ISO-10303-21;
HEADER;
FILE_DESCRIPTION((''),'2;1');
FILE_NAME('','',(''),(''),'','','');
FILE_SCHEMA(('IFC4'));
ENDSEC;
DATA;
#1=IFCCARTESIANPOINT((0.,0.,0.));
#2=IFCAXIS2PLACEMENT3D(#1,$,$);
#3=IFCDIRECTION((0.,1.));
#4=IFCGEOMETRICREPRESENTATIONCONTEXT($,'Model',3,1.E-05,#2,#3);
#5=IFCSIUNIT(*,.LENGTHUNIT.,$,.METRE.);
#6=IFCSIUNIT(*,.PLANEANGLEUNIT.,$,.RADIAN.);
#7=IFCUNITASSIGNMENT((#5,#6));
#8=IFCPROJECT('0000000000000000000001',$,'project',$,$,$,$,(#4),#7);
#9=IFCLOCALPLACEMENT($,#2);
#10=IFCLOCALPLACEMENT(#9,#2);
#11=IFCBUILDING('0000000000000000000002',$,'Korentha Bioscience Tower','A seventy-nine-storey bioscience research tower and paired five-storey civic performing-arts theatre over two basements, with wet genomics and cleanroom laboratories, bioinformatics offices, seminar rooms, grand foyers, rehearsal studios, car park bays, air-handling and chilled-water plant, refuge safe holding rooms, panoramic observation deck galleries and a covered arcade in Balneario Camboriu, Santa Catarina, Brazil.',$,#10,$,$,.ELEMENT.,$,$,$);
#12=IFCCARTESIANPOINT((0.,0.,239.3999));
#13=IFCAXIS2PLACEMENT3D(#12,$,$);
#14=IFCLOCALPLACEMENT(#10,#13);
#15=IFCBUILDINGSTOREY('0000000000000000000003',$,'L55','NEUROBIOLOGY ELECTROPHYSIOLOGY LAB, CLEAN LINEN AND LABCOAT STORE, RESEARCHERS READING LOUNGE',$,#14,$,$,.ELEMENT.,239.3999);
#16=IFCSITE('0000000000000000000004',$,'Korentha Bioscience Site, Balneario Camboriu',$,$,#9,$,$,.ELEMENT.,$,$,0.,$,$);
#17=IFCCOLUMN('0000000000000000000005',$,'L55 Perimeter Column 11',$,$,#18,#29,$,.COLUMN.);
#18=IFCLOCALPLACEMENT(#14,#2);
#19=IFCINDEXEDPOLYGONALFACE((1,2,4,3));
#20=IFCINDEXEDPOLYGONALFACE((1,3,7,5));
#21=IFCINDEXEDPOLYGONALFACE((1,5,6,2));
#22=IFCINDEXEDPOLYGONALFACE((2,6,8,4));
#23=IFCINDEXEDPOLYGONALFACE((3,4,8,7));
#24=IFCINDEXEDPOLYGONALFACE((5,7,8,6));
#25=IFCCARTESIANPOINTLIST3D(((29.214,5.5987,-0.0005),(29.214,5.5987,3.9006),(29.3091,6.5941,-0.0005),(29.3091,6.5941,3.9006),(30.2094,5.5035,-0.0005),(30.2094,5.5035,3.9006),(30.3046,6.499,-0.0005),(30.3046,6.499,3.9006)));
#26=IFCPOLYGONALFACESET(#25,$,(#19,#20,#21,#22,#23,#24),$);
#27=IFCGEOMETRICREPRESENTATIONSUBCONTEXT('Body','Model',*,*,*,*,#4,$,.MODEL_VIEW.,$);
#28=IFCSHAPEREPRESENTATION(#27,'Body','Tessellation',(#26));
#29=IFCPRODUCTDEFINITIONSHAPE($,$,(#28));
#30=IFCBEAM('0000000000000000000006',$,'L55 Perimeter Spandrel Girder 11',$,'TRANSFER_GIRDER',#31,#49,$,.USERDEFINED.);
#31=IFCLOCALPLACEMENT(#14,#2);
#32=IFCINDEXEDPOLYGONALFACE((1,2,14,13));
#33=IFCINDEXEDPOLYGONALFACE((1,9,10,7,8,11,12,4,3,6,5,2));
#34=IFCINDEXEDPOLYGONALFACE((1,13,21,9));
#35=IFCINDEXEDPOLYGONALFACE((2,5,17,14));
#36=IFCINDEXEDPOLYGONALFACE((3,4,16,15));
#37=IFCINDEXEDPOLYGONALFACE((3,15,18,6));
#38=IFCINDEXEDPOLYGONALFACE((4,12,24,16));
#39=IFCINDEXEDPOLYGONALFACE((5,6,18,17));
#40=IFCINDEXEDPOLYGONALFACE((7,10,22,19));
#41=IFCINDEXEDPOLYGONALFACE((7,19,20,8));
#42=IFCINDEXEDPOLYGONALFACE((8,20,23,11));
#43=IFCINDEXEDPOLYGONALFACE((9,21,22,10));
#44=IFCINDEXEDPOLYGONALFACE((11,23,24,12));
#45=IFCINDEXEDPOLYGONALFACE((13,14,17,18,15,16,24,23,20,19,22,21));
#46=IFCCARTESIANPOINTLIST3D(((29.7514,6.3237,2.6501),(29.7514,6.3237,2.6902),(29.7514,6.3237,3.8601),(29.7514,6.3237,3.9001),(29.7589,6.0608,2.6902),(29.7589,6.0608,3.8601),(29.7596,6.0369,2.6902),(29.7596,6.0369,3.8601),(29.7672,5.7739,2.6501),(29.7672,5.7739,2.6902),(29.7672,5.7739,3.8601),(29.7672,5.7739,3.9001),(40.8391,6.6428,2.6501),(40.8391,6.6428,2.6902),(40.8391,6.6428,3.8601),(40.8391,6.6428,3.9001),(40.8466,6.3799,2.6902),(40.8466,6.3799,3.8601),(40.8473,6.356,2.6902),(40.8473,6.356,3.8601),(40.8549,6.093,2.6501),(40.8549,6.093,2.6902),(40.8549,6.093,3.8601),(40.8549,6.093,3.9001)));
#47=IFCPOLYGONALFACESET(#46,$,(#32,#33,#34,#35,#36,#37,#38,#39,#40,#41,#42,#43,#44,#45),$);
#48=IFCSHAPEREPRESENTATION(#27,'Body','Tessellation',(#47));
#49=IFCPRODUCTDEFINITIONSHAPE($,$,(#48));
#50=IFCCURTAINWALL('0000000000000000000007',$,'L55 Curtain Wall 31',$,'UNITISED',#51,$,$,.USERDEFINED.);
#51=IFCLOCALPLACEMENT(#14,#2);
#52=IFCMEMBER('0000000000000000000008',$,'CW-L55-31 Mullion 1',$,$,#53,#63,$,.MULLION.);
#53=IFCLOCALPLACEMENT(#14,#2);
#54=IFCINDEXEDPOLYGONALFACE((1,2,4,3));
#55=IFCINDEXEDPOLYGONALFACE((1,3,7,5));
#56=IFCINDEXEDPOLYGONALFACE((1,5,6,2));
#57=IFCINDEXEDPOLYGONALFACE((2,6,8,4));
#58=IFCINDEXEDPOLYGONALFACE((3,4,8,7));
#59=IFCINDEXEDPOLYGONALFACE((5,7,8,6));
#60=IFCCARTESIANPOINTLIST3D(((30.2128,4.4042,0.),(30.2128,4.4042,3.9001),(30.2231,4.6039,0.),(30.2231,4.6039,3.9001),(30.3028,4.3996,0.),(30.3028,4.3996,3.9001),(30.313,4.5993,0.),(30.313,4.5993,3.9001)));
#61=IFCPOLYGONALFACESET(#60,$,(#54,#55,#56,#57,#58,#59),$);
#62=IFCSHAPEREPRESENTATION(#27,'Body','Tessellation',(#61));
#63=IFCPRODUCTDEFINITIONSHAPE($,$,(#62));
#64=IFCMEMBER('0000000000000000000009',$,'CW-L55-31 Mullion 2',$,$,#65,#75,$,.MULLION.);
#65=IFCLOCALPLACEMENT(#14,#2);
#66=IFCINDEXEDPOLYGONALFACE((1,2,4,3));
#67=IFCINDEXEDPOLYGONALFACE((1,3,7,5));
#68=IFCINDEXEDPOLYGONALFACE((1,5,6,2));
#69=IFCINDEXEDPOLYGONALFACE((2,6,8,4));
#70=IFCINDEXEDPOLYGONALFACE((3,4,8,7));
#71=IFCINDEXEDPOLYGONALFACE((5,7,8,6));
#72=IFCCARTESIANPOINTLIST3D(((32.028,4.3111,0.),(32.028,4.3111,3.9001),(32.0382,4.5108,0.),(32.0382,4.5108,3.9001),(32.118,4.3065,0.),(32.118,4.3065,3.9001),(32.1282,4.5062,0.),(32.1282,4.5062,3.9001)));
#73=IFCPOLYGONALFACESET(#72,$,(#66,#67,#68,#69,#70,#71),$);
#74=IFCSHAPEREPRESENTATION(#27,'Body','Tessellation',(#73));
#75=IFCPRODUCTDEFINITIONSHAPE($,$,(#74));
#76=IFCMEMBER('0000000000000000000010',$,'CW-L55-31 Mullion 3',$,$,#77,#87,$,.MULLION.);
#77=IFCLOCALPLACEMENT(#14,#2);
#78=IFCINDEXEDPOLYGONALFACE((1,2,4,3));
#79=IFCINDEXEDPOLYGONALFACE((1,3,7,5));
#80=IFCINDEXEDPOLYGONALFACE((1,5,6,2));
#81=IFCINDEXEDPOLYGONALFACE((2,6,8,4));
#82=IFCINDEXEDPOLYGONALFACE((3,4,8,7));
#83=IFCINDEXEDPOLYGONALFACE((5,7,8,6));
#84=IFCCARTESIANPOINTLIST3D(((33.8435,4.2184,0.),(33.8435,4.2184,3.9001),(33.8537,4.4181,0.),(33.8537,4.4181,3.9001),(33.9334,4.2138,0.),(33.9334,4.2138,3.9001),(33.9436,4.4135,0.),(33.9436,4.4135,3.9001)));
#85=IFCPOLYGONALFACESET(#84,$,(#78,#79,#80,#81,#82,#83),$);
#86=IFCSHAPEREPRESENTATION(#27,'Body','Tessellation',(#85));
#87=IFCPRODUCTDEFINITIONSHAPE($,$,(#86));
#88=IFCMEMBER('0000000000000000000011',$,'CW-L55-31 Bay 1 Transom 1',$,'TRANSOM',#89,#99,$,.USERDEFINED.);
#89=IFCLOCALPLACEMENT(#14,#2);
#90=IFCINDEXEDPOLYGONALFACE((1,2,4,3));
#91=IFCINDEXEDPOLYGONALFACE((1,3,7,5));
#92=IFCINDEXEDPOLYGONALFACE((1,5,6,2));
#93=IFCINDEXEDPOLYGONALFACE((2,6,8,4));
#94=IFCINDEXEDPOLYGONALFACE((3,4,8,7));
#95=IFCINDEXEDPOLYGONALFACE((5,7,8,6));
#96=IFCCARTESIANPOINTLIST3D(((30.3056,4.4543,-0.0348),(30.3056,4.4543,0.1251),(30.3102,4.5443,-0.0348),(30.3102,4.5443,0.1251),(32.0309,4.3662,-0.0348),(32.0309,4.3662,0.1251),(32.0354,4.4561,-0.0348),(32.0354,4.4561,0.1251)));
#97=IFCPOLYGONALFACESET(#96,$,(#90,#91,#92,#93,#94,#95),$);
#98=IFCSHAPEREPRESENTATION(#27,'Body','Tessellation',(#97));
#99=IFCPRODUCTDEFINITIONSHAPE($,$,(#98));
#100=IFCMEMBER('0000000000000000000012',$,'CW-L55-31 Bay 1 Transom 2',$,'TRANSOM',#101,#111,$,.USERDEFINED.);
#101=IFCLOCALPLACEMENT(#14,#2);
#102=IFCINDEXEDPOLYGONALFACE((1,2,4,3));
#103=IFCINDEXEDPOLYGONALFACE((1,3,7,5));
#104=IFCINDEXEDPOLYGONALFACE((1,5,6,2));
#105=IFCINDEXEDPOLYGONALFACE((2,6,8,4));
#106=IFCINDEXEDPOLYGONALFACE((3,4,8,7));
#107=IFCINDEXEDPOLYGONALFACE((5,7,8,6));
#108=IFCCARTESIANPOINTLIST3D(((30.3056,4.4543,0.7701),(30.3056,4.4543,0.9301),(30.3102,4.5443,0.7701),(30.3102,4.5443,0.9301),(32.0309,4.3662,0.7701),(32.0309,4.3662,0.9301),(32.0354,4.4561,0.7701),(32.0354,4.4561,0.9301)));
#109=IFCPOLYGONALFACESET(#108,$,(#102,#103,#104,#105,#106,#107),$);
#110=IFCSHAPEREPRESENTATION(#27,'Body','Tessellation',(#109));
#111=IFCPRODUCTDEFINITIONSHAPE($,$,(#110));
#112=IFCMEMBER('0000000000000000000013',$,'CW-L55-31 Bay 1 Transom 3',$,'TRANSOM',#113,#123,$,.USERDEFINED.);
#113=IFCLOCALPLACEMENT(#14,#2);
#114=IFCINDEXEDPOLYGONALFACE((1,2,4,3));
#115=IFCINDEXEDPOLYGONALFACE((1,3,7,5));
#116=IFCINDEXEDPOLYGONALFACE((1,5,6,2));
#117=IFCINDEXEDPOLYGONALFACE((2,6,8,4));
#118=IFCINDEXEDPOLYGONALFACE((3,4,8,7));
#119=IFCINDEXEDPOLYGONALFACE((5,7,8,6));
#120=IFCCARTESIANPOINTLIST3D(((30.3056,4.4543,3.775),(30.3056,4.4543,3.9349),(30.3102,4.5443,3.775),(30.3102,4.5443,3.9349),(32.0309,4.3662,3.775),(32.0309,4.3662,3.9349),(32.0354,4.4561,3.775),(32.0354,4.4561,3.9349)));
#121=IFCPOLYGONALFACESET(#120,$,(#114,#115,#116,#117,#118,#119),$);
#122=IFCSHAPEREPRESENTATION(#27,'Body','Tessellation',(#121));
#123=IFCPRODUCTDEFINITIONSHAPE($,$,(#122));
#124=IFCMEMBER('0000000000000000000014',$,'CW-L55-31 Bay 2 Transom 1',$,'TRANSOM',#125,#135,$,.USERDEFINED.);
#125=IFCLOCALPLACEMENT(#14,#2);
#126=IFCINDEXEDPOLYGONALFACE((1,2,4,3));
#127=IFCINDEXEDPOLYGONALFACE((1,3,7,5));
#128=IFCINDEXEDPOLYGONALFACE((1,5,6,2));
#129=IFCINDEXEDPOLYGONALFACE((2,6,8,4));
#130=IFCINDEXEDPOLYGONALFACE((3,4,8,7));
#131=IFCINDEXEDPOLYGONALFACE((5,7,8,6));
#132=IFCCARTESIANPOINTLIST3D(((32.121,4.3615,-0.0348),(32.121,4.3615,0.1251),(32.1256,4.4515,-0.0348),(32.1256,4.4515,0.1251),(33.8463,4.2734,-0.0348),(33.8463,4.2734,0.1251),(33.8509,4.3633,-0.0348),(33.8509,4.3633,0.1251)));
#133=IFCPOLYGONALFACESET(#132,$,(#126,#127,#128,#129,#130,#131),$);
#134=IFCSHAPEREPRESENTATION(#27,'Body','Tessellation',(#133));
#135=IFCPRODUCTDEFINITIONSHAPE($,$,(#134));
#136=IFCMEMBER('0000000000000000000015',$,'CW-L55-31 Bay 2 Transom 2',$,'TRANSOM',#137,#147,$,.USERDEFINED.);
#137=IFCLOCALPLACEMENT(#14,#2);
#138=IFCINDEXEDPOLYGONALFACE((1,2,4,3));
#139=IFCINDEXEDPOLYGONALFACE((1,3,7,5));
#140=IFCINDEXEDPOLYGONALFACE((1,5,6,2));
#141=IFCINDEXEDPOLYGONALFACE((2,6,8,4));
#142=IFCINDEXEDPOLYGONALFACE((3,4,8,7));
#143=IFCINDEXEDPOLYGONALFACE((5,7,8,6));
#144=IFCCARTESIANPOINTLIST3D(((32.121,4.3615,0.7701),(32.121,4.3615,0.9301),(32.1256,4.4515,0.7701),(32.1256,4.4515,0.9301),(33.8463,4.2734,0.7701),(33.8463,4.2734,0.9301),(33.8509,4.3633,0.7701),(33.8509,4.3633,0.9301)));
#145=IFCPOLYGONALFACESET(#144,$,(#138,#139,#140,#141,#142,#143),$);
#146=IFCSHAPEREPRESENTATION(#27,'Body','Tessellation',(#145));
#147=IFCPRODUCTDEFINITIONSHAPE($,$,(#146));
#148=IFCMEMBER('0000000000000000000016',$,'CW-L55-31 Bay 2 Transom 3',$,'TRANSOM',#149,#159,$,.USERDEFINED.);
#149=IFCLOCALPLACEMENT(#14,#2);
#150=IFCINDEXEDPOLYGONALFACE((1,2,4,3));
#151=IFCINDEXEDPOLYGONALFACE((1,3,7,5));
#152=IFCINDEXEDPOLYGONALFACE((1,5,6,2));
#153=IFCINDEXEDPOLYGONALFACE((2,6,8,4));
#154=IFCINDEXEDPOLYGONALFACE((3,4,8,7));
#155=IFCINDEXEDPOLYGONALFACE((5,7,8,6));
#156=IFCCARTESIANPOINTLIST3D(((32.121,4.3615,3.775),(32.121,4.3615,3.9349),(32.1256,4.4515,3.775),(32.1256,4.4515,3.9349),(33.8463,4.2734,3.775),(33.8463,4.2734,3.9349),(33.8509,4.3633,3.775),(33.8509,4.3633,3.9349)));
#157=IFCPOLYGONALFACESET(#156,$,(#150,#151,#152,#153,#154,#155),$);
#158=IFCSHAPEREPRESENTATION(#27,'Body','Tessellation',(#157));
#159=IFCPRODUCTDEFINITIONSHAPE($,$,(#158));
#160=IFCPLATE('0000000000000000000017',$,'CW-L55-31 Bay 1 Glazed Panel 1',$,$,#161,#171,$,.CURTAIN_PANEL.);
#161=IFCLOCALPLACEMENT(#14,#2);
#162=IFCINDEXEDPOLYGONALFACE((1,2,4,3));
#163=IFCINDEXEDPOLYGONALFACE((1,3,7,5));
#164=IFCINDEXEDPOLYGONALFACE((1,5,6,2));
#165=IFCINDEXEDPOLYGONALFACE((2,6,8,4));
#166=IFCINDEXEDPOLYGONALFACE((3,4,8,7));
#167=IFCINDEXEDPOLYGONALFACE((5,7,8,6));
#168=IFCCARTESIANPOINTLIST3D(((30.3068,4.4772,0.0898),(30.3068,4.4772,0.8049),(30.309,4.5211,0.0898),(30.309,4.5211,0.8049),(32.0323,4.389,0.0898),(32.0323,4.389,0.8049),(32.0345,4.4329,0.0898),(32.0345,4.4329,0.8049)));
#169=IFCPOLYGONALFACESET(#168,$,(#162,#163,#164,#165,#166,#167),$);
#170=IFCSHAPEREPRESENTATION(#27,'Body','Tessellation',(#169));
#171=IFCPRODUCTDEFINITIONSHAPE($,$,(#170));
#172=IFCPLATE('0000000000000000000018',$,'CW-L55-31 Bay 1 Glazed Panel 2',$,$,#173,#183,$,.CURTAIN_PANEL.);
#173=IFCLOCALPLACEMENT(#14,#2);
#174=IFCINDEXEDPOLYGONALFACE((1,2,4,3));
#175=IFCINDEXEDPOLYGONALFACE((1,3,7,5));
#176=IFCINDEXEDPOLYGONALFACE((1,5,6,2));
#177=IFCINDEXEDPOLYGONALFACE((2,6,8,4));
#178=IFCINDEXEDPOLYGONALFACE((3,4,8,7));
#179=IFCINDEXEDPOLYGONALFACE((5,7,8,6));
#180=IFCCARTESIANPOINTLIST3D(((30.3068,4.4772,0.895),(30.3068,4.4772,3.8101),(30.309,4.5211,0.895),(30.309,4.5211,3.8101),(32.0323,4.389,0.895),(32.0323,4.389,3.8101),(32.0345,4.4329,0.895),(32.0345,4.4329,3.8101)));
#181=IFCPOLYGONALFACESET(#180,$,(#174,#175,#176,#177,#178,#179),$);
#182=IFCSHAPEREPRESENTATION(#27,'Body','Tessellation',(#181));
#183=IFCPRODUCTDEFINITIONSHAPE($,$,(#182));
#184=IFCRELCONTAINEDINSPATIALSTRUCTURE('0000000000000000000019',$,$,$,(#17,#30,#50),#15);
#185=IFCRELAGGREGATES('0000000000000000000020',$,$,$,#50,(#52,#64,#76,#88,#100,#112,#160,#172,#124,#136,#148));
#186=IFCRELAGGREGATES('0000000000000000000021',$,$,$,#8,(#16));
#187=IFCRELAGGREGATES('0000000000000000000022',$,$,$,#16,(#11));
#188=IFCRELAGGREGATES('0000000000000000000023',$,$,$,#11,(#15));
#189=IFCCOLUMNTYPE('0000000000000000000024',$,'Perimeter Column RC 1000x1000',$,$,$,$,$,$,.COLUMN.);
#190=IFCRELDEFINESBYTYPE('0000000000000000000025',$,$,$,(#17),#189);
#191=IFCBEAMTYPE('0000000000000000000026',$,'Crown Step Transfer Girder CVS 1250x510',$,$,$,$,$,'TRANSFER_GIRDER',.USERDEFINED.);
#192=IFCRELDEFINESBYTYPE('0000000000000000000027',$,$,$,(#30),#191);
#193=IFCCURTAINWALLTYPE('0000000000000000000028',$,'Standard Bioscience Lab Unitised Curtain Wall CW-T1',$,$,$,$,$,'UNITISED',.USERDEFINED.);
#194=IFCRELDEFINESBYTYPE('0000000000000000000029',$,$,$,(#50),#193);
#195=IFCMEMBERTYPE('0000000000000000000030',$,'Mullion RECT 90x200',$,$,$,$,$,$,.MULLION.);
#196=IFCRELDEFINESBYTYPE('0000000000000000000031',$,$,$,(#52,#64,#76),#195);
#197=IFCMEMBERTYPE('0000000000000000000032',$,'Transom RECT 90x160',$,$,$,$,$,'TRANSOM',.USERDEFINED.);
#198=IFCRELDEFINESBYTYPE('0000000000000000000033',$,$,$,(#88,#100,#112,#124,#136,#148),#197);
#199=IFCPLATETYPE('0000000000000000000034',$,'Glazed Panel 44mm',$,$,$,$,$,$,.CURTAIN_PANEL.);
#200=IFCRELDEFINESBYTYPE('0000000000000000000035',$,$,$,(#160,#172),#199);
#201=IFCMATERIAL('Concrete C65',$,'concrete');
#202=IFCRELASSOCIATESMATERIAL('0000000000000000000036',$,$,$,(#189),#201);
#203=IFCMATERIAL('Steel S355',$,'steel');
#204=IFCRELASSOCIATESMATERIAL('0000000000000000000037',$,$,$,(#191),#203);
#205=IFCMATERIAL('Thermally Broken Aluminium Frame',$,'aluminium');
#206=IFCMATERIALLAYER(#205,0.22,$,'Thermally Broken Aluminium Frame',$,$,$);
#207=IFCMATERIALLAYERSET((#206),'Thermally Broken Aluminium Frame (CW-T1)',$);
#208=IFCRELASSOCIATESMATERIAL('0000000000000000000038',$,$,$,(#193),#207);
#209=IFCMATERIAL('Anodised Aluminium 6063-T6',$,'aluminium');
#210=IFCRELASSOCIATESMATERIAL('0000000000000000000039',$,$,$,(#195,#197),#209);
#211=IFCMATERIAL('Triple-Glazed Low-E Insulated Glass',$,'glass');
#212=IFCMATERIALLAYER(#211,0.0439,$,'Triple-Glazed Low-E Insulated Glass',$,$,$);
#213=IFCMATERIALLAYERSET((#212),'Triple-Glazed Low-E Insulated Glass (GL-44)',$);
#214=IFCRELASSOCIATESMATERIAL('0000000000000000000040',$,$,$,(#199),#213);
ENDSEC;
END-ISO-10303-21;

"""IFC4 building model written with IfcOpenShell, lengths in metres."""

from ifc_helpers import new_model, si_unit, direction, frame, origin, origin_2d, place, context, subcontext, project, spatial, rectangle, i_section, extrude, material, layer, layer_set, material_profile, profile_set, type_object, element, aggregate, save


model = new_model("IFC4")

# Units and contexts
model_context = context("Model", 3, precision=1e-05, world=origin(), true_north=direction((0.0, 1.0)))
body_context = subcontext(model_context, "Body", "Model", "MODEL_VIEW")
ifc_project = project(units=[si_unit("LENGTHUNIT", "METRE"), si_unit("PLANEANGLEUNIT", "RADIAN")], contexts=[model_context])

# Site, building, storey
site_placement = place(None, origin())
site = spatial("IfcSite", under=ifc_project, at=site_placement, Name="Korentha Bioscience Site, Balneario Camboriu", CompositionType="ELEMENT", RefElevation=0.0)
building_placement = place(site_placement, origin())
building = spatial("IfcBuilding", under=site, at=building_placement, Name="Korentha Bioscience Tower", Description="A seventy-nine-storey bioscience research tower and paired five-storey civic performing-arts theatre over two basements, with wet genomics and cleanroom laboratories, bioinformatics offices, seminar rooms, grand foyers, rehearsal studios, car park bays, air-handling and chilled-water plant, refuge safe holding rooms, panoramic observation deck galleries and a covered arcade in Balneario Camboriu, Santa Catarina, Brazil.", CompositionType="ELEMENT")
storey_placement = place(building_placement, frame((0.0, 0.0, 239.3999)))
storey = spatial("IfcBuildingStorey", under=building, at=storey_placement, Name="L55", Description="NEUROBIOLOGY ELECTROPHYSIOLOGY LAB, CLEAN LINEN AND LABCOAT STORE, RESEARCHERS READING LOUNGE", CompositionType="ELEMENT", Elevation=239.3999)

# Column
ifc_material_1 = material(Name="Concrete C65", Category="concrete")
ifc_material_profile_1 = material_profile(ifc_material_1, rectangle(XDim=1.0, YDim=1.0, at=origin_2d()), Name="Concrete C65")
ifc_profile_set_1 = profile_set([ifc_material_profile_1], Name="Concrete C65 (COL-P10)")
column_type = type_object("IfcColumnType", Name="Perimeter Column RC 1000x1000", PredefinedType="COLUMN", material=ifc_profile_set_1)
column_placement = place(storey_placement, frame((29.7593, 6.0488, -0.0005), z_axis=(0.0, 0.0, 1.0), x_axis=(-0.995463, 0.095151, 0.0)))
element("IfcColumn", 1, at=column_placement, inside=storey, type_object=column_type, Name="L55 Perimeter Column 11", PredefinedType="COLUMN", context=body_context, shape_type="SweptSolid", body=[
    extrude(rectangle(XDim=1.0, YDim=1.0, at=origin_2d()), origin(), (0.0, 0.0, 1.0), 3.9011),
])

# Beam
ifc_material_2 = material(Name="Steel S355", Category="steel")
ifc_material_profile_2 = material_profile(ifc_material_2, i_section(OverallWidth=0.55, OverallDepth=1.25, WebThickness=0.0239, FlangeThickness=0.04, at=origin_2d()), Name="Steel S355")
ifc_profile_set_2 = profile_set([ifc_material_profile_2], Name="Steel S355 (TG-03)")
beam_type = type_object("IfcBeamType", Name="Crown Step Transfer Girder CVS 1250x510", ElementType="TRANSFER_GIRDER", PredefinedType="USERDEFINED", material=ifc_profile_set_2)
beam_placement = place(storey_placement, frame((29.7593, 6.0488, 3.2751), z_axis=(0.999586, 0.028767, 0.0), x_axis=(-0.028767, 0.999586, 0.0)))
element("IfcBeam", 2, at=beam_placement, inside=storey, type_object=beam_type, Name="L55 Perimeter Spandrel Girder 11", ObjectType="TRANSFER_GIRDER", PredefinedType="USERDEFINED", context=body_context, shape_type="SweptSolid", body=[
    extrude(i_section(OverallWidth=0.55, OverallDepth=1.25, WebThickness=0.0239, FlangeThickness=0.04, at=origin_2d()), origin(), (0.0, 0.0, 1.0), 11.0923),
])

# Curtain wall, members, plates
ifc_material_3 = material(Name="Thermally Broken Aluminium Frame", Category="aluminium")
ifc_layer_1 = layer(ifc_material_3, 0.22, Name="Thermally Broken Aluminium Frame")
ifc_layer_set_1 = layer_set([ifc_layer_1], Name="Thermally Broken Aluminium Frame (CW-T1)")
curtain_wall_type = type_object("IfcCurtainWallType", Name="Standard Bioscience Lab Unitised Curtain Wall CW-T1", ElementType="UNITISED", PredefinedType="USERDEFINED", material=ifc_layer_set_1)
curtain_wall_placement = place(storey_placement, origin())
curtain_wall = element("IfcCurtainWall", 3, at=curtain_wall_placement, inside=storey, type_object=curtain_wall_type, Name="L55 Curtain Wall 31", ObjectType="UNITISED", PredefinedType="USERDEFINED")
ifc_material_4 = material(Name="Anodised Aluminium 6063-T6", Category="aluminium")
ifc_material_profile_3 = material_profile(ifc_material_4, rectangle(XDim=0.0901, YDim=0.2, at=origin_2d()), Name="Anodised Aluminium 6063-T6")
ifc_profile_set_3 = profile_set([ifc_material_profile_3], Name="Anodised Aluminium 6063-T6 (CW-MUL)")
member_type_1 = type_object("IfcMemberType", Name="Mullion RECT 90x200", PredefinedType="MULLION", material=ifc_profile_set_3)
member_1_placement = place(storey_placement, frame((30.2629, 4.5017, 0.0), z_axis=(0.0, 0.0, 1.0), x_axis=(0.998696, -0.051055, 0.0)))
member_1 = element("IfcMember", 4, at=member_1_placement, type_object=member_type_1, Name="CW-L55-31 Mullion 1", PredefinedType="MULLION", context=body_context, shape_type="SweptSolid", body=[
    extrude(rectangle(XDim=0.0901, YDim=0.2, at=origin_2d()), origin(), (0.0, 0.0, 1.0), 3.9001),
])
member_2_placement = place(storey_placement, frame((32.0781, 4.4087, 0.0), z_axis=(0.0, 0.0, 1.0), x_axis=(0.998696, -0.051055, 0.0)))
member_2 = element("IfcMember", 5, at=member_2_placement, type_object=member_type_1, Name="CW-L55-31 Mullion 2", PredefinedType="MULLION", context=body_context, shape_type="SweptSolid", body=[
    extrude(rectangle(XDim=0.0901, YDim=0.2, at=origin_2d()), origin(), (0.0, 0.0, 1.0), 3.9001),
])
member_3_placement = place(storey_placement, frame((33.8936, 4.3159, 0.0), z_axis=(0.0, 0.0, 1.0), x_axis=(0.998696, -0.051055, 0.0)))
member_3 = element("IfcMember", 6, at=member_3_placement, type_object=member_type_1, Name="CW-L55-31 Mullion 3", PredefinedType="MULLION", context=body_context, shape_type="SweptSolid", body=[
    extrude(rectangle(XDim=0.0901, YDim=0.2, at=origin_2d()), origin(), (0.0, 0.0, 1.0), 3.9001),
])
ifc_material_profile_4 = material_profile(ifc_material_4, rectangle(XDim=0.0901, YDim=0.1599, at=origin_2d()), Name="Anodised Aluminium 6063-T6")
ifc_profile_set_4 = profile_set([ifc_material_profile_4], Name="Anodised Aluminium 6063-T6 (CW-TRN)")
member_type_2 = type_object("IfcMemberType", Name="Transom RECT 90x160", ElementType="TRANSOM", PredefinedType="USERDEFINED", material=ifc_profile_set_4)
member_4_placement = place(storey_placement, frame((30.3079, 4.4993, 0.0452), z_axis=(0.998698, -0.051016, 0.0), x_axis=(0.051016, 0.998698, 0.0)))
member_4 = element("IfcMember", 7, at=member_4_placement, type_object=member_type_2, Name="CW-L55-31 Bay 1 Transom 1", ObjectType="TRANSOM", PredefinedType="USERDEFINED", context=body_context, shape_type="SweptSolid", body=[
    extrude(rectangle(XDim=0.0901, YDim=0.1599, at=origin_2d()), origin(), (0.0, 0.0, 1.0), 1.7275),
])
member_5_placement = place(storey_placement, frame((30.3079, 4.4993, 0.8501), z_axis=(0.998698, -0.051016, 0.0), x_axis=(0.051016, 0.998698, 0.0)))
member_5 = element("IfcMember", 8, at=member_5_placement, type_object=member_type_2, Name="CW-L55-31 Bay 1 Transom 2", ObjectType="TRANSOM", PredefinedType="USERDEFINED", context=body_context, shape_type="SweptSolid", body=[
    extrude(rectangle(XDim=0.0901, YDim=0.1599, at=origin_2d()), origin(), (0.0, 0.0, 1.0), 1.7275),
])
member_6_placement = place(storey_placement, frame((30.3079, 4.4993, 3.855), z_axis=(0.998698, -0.051016, 0.0), x_axis=(0.051016, 0.998698, 0.0)))
member_6 = element("IfcMember", 9, at=member_6_placement, type_object=member_type_2, Name="CW-L55-31 Bay 1 Transom 3", ObjectType="TRANSOM", PredefinedType="USERDEFINED", context=body_context, shape_type="SweptSolid", body=[
    extrude(rectangle(XDim=0.0901, YDim=0.1599, at=origin_2d()), origin(), (0.0, 0.0, 1.0), 1.7275),
])
member_7_placement = place(storey_placement, frame((32.1233, 4.4065, 0.0452), z_axis=(0.998698, -0.051016, 0.0), x_axis=(0.051016, 0.998698, 0.0)))
member_7 = element("IfcMember", 10, at=member_7_placement, type_object=member_type_2, Name="CW-L55-31 Bay 2 Transom 1", ObjectType="TRANSOM", PredefinedType="USERDEFINED", context=body_context, shape_type="SweptSolid", body=[
    extrude(rectangle(XDim=0.0901, YDim=0.1599, at=origin_2d()), origin(), (0.0, 0.0, 1.0), 1.7275),
])
member_8_placement = place(storey_placement, frame((32.1233, 4.4065, 0.8501), z_axis=(0.998698, -0.051016, 0.0), x_axis=(0.051016, 0.998698, 0.0)))
member_8 = element("IfcMember", 11, at=member_8_placement, type_object=member_type_2, Name="CW-L55-31 Bay 2 Transom 2", ObjectType="TRANSOM", PredefinedType="USERDEFINED", context=body_context, shape_type="SweptSolid", body=[
    extrude(rectangle(XDim=0.0901, YDim=0.1599, at=origin_2d()), origin(), (0.0, 0.0, 1.0), 1.7275),
])
member_9_placement = place(storey_placement, frame((32.1233, 4.4065, 3.855), z_axis=(0.998698, -0.051016, 0.0), x_axis=(0.051016, 0.998698, 0.0)))
member_9 = element("IfcMember", 12, at=member_9_placement, type_object=member_type_2, Name="CW-L55-31 Bay 2 Transom 3", ObjectType="TRANSOM", PredefinedType="USERDEFINED", context=body_context, shape_type="SweptSolid", body=[
    extrude(rectangle(XDim=0.0901, YDim=0.1599, at=origin_2d()), origin(), (0.0, 0.0, 1.0), 1.7275),
])
ifc_material_5 = material(Name="Triple-Glazed Low-E Insulated Glass", Category="glass")
ifc_layer_2 = layer(ifc_material_5, 0.0439, Name="Triple-Glazed Low-E Insulated Glass")
ifc_layer_set_2 = layer_set([ifc_layer_2], Name="Triple-Glazed Low-E Insulated Glass (GL-44)")
plate_type = type_object("IfcPlateType", Name="Glazed Panel 44mm", PredefinedType="CURTAIN_PANEL", material=ifc_layer_set_2)
plate_1_placement = place(storey_placement, frame((31.1707, 4.4551, 0.0898), z_axis=(0.0, 0.0, 1.0), x_axis=(0.998696, -0.051055, 0.0)))
plate_1 = element("IfcPlate", 13, at=plate_1_placement, type_object=plate_type, Name="CW-L55-31 Bay 1 Glazed Panel 1", PredefinedType="CURTAIN_PANEL", context=body_context, shape_type="SweptSolid", body=[
    extrude(rectangle(XDim=1.7278, YDim=0.0439, at=origin_2d()), origin(), (0.0, 0.0, 1.0), 0.7151),
])
plate_2_placement = place(storey_placement, frame((31.1707, 4.4551, 0.895), z_axis=(0.0, 0.0, 1.0), x_axis=(0.998696, -0.051055, 0.0)))
plate_2 = element("IfcPlate", 14, at=plate_2_placement, type_object=plate_type, Name="CW-L55-31 Bay 1 Glazed Panel 2", PredefinedType="CURTAIN_PANEL", context=body_context, shape_type="SweptSolid", body=[
    extrude(rectangle(XDim=1.7278, YDim=0.0439, at=origin_2d()), origin(), (0.0, 0.0, 1.0), 2.915),
])
aggregate(curtain_wall, [member_1, member_2, member_3, member_4, member_5, member_6, plate_1, plate_2, member_7, member_8, member_9])

save(model, "model.ifc")
